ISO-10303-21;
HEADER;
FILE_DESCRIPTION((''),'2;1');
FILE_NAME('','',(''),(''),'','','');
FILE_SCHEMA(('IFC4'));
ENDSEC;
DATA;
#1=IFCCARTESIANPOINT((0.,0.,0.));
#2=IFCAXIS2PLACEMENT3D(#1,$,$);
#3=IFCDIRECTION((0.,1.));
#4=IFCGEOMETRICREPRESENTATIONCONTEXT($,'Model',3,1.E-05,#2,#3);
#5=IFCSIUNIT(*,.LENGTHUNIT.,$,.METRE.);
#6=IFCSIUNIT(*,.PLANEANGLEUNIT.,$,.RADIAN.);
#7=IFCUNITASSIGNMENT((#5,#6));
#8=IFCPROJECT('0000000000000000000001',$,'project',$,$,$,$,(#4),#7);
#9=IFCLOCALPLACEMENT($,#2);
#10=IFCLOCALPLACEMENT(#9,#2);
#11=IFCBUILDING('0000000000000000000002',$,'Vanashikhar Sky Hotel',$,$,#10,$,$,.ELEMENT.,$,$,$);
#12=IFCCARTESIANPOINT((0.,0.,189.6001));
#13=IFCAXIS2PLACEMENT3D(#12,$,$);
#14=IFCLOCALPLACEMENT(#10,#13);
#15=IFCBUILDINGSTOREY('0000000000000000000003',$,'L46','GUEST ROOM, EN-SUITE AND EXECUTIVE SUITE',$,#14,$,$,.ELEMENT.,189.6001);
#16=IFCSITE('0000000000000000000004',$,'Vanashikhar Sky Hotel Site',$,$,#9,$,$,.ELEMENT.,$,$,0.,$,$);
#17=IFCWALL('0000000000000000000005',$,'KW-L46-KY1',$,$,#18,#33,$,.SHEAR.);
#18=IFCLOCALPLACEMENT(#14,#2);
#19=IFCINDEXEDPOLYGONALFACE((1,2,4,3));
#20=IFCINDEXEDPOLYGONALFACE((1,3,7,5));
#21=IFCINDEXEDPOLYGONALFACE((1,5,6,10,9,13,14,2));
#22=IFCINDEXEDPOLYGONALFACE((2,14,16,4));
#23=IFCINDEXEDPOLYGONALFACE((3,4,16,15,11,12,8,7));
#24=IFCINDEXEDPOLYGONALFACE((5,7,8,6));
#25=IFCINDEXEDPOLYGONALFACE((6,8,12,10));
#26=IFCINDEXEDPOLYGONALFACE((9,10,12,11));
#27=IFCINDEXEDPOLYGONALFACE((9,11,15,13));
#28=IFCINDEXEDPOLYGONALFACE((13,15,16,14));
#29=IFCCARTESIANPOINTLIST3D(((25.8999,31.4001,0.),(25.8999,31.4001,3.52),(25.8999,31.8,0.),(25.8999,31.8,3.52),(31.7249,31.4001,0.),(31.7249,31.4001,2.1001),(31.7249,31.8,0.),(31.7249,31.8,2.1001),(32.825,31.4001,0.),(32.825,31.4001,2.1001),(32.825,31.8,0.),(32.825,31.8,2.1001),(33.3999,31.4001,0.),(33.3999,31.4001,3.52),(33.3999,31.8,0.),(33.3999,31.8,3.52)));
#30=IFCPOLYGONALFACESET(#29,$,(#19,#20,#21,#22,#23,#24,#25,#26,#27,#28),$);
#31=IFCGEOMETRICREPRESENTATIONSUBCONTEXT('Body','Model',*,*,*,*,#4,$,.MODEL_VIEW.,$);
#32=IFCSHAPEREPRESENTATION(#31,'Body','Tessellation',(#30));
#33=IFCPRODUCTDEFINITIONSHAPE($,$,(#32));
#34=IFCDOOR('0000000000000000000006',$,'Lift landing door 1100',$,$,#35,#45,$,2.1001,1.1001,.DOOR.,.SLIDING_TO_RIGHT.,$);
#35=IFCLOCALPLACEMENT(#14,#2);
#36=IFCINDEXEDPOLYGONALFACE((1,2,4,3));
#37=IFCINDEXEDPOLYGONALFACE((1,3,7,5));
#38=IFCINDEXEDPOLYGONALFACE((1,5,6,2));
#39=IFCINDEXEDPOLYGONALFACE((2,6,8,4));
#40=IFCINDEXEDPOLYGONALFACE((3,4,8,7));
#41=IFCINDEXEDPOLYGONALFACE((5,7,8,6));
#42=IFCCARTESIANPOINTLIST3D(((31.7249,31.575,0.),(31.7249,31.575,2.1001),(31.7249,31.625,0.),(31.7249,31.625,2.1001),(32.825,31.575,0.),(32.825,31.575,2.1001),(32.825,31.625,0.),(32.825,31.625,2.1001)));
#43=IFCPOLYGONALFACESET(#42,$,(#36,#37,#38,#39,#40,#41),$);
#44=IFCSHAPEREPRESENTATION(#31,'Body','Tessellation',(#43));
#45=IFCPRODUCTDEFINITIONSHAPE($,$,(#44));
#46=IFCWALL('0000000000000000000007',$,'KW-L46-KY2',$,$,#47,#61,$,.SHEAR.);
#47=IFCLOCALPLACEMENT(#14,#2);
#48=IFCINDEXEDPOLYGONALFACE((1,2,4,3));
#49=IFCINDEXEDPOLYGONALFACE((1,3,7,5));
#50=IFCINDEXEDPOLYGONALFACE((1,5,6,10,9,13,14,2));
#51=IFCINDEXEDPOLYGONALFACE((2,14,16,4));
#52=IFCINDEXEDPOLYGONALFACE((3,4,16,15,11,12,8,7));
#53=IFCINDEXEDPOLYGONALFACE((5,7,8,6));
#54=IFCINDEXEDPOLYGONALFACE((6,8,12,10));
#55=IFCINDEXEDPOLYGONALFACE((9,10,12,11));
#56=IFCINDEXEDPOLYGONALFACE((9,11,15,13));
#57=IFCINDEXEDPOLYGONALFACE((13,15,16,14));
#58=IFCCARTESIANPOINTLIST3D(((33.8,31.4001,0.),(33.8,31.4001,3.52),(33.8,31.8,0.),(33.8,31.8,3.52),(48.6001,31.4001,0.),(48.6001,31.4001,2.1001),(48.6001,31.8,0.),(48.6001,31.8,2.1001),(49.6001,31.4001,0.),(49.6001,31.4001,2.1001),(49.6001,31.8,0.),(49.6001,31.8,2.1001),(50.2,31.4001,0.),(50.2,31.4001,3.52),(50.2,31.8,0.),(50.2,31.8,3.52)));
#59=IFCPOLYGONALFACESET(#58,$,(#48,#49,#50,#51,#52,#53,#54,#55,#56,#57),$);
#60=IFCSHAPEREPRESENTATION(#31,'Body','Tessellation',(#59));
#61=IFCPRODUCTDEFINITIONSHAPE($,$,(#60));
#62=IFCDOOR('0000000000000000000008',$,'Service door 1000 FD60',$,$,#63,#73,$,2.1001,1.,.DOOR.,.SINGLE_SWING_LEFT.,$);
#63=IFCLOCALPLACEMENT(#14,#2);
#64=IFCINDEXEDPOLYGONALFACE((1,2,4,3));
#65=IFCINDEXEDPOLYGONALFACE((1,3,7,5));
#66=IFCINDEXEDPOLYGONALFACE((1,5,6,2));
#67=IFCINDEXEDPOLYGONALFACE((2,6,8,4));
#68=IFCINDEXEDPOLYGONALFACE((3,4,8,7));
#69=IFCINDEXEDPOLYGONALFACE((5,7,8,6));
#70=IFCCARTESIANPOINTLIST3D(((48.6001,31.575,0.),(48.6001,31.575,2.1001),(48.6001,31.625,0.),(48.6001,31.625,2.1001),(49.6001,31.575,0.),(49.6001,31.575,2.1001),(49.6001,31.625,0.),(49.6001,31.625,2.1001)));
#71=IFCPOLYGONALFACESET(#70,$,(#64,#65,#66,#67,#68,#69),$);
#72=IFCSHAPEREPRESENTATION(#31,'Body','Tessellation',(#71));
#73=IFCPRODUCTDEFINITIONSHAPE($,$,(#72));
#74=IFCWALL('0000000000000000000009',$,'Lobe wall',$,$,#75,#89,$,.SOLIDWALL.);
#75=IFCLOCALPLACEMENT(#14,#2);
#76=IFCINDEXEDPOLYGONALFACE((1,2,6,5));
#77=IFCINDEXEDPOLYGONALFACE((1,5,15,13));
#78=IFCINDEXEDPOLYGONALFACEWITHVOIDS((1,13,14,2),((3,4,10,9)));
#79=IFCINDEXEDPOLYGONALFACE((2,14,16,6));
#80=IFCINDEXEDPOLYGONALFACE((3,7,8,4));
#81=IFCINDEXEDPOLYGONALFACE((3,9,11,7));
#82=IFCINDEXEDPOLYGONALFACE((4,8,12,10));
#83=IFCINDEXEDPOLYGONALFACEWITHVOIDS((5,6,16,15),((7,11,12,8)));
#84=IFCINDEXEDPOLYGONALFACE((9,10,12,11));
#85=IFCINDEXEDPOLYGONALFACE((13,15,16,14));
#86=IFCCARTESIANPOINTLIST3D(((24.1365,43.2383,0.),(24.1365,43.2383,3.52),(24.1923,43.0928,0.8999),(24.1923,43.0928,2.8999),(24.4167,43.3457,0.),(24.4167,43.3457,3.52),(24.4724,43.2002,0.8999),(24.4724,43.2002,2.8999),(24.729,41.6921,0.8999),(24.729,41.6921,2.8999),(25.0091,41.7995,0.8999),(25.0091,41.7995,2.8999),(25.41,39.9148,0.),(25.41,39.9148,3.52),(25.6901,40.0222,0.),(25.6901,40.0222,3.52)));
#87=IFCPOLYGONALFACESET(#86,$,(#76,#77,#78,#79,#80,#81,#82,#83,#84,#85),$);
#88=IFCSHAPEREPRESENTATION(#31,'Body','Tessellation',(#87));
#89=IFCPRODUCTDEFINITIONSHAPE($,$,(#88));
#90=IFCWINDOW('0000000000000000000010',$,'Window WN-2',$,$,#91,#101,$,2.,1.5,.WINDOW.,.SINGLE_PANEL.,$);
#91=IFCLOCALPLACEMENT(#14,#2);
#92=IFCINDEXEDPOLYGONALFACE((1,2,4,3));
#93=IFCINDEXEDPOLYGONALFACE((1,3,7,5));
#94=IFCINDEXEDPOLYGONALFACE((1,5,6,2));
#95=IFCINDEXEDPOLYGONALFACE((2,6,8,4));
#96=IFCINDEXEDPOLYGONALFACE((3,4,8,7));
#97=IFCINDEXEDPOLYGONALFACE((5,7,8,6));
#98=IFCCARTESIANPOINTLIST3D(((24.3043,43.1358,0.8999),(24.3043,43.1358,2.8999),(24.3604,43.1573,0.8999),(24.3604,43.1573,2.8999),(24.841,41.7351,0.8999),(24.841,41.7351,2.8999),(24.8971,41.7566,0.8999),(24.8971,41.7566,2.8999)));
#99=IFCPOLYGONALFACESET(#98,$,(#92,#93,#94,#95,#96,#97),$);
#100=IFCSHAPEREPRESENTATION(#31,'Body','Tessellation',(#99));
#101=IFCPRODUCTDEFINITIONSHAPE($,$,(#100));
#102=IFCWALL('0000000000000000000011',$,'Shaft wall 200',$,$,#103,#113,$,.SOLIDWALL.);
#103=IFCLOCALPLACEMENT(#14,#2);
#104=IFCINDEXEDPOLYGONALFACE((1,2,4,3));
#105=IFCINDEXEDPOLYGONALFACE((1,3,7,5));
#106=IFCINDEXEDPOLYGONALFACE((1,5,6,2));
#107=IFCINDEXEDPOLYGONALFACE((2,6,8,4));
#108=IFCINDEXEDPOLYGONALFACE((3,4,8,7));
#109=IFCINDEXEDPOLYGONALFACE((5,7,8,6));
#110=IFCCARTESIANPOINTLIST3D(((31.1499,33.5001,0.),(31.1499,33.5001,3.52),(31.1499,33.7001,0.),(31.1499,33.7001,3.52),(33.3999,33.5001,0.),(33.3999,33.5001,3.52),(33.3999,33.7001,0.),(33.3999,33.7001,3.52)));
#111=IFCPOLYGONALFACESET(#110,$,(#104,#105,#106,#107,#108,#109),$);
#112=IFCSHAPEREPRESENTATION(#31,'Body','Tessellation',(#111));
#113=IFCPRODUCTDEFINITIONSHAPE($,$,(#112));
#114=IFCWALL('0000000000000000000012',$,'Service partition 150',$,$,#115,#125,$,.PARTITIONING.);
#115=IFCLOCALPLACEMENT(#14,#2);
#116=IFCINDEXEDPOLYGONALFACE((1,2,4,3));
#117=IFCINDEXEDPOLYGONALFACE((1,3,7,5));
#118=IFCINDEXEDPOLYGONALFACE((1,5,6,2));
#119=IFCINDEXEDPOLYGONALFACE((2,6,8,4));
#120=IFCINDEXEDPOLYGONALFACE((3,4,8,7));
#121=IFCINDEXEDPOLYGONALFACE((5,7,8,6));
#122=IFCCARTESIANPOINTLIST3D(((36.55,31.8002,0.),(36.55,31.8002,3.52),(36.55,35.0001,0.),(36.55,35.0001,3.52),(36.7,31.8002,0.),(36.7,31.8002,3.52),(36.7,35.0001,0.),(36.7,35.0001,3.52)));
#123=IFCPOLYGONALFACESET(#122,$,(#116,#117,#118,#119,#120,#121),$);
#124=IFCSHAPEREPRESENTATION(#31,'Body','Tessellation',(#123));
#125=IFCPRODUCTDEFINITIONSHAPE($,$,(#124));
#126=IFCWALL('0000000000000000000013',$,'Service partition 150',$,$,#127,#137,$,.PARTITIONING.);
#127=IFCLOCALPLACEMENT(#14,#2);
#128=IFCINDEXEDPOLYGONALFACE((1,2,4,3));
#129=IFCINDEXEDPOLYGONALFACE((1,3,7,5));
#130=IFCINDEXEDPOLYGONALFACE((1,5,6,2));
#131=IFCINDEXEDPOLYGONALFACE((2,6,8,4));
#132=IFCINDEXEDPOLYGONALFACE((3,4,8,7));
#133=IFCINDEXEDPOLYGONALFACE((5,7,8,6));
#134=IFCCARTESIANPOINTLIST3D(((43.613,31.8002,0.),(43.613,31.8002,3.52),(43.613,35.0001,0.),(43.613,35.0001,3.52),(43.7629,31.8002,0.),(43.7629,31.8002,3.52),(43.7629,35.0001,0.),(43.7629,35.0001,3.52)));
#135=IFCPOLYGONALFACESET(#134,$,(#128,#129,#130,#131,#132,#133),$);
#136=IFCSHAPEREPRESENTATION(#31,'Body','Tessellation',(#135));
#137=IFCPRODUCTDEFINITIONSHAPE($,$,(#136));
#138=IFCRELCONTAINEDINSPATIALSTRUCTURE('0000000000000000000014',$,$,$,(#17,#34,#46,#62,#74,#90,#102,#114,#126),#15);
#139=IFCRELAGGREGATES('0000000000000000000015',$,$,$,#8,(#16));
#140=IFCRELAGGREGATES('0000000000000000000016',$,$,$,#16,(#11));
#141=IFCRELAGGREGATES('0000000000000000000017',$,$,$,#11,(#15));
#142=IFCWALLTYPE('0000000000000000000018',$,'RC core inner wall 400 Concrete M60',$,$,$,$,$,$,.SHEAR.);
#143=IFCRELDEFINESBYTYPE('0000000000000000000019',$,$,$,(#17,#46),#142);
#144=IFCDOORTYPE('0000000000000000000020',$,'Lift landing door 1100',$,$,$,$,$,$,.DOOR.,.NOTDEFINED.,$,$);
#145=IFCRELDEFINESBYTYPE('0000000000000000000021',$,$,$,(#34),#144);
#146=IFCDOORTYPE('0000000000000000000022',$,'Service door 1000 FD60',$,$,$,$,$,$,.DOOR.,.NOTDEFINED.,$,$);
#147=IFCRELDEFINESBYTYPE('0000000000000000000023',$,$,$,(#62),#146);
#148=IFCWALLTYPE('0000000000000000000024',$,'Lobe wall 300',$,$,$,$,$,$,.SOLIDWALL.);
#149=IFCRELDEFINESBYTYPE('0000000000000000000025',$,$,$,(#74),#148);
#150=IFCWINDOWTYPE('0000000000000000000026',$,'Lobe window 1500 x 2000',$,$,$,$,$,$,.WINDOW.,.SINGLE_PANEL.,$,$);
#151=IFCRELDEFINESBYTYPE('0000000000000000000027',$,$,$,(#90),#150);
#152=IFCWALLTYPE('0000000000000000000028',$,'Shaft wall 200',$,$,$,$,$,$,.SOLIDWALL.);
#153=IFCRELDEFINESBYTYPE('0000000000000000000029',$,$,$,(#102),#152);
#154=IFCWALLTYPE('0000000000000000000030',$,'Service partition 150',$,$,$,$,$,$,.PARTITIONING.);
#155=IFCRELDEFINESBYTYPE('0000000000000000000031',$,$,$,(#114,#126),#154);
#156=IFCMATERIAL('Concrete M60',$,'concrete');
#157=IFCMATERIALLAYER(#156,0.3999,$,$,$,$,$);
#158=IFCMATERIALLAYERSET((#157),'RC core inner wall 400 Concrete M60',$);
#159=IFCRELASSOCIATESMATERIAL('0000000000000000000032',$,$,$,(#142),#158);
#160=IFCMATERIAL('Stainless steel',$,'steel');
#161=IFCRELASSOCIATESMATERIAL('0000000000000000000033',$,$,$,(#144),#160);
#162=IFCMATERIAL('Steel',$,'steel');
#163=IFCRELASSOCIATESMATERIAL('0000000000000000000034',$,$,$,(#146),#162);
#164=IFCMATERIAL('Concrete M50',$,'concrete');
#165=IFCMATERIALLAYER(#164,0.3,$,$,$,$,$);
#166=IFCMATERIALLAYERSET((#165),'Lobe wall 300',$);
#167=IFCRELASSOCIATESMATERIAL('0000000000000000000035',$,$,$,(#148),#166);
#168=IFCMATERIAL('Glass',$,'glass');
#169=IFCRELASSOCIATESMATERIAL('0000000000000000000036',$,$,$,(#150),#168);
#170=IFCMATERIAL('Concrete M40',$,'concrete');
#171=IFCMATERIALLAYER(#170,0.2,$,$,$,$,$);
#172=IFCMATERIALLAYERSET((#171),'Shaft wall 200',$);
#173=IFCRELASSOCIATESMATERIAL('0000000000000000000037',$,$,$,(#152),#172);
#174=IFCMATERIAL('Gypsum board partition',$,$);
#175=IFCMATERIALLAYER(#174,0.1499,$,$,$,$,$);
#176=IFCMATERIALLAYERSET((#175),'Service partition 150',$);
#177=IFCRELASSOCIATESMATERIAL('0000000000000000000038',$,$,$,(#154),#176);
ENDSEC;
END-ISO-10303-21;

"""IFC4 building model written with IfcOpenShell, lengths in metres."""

from ifc_helpers import new_model, si_unit, direction, frame, frame_2d, origin, place, context, subcontext, project, spatial, rectangle, extrude, source, transform, mapped, material, layer, layer_set, type_object, element, fill, save


model = new_model("IFC4")

# Units and contexts
model_context = context("Model", 3, precision=1e-05, world=origin(), true_north=direction((0.0, 1.0)))
body_context = subcontext(model_context, "Body", "Model", "MODEL_VIEW")
ifc_project = project(units=[si_unit("LENGTHUNIT", "METRE"), si_unit("PLANEANGLEUNIT", "RADIAN")], contexts=[model_context])

# Site, building, storey
site_placement = place(None, origin())
site = spatial("IfcSite", under=ifc_project, at=site_placement, Name="Vanashikhar Sky Hotel Site", CompositionType="ELEMENT", RefElevation=0.0)
building_placement = place(site_placement, origin())
building = spatial("IfcBuilding", under=site, at=building_placement, Name="Vanashikhar Sky Hotel", CompositionType="ELEMENT")
storey_placement = place(building_placement, frame((0.0, 0.0, 189.6001)))
storey = spatial("IfcBuildingStorey", under=building, at=storey_placement, Name="L46", Description="GUEST ROOM, EN-SUITE AND EXECUTIVE SUITE", CompositionType="ELEMENT", Elevation=189.6001)

# Walls, openings, doors
ifc_material_1 = material(Name="Concrete M60", Category="concrete")
ifc_layer_1 = layer(ifc_material_1, 0.3999)
ifc_layer_set_1 = layer_set([ifc_layer_1], Name="RC core inner wall 400 Concrete M60")
wall_type_1 = type_object("IfcWallType", Name="RC core inner wall 400 Concrete M60", PredefinedType="SHEAR", material=ifc_layer_set_1)
shared_shape_1 = source(origin(), body_context, "Body", "SweptSolid", [
    extrude(rectangle(XDim=7.5, YDim=0.3999, at=frame_2d((3.75, 0.0))), origin(), (0.0, 0.0, 1.0), 3.52),
])
wall_1_placement = place(storey_placement, frame((25.8999, 31.6001, 0.0), z_axis=(0.0, 0.0, 1.0), x_axis=(1.0, 0.0, 0.0)))
wall_1 = element("IfcWall", 1, at=wall_1_placement, inside=storey, type_object=wall_type_1, Name="KW-L46-KY1", PredefinedType="SHEAR", context=body_context, shape_type="MappedRepresentation", body=[
    mapped(shared_shape_1, transform((0.0, 0.0, 0.0), scale=1.0)),
])
shared_shape_2 = source(origin(), body_context, "Body", "SweptSolid", [
    extrude(rectangle(XDim=1.1001, YDim=2.1001, at=frame_2d((0.55, 1.05))), frame((0.0, 0.21, 0.0), z_axis=(0.0, -1.0, 0.0), x_axis=(1.0, 0.0, 0.0)), (0.0, 0.0, 1.0), 0.4199),
])
opening_1_placement = place(wall_1_placement, frame((5.825, 0.0, 0.0)))
opening_1 = element("IfcOpeningElement", 2, at=opening_1_placement, cuts=wall_1, PredefinedType="OPENING", context=body_context, shape_type="MappedRepresentation", body=[
    mapped(shared_shape_2, transform((0.0, 0.0, 0.0), scale=1.0)),
])
ifc_material_2 = material(Name="Stainless steel", Category="steel")
door_type_1 = type_object("IfcDoorType", Name="Lift landing door 1100", OperationType="NOTDEFINED", PredefinedType="DOOR", material=ifc_material_2)
shared_shape_3 = source(origin(), body_context, "Body", "SweptSolid", [
    extrude(rectangle(XDim=1.1001, YDim=2.1001, at=frame_2d((0.55, 1.05))), frame((0.0, 0.0249, 0.0), z_axis=(0.0, -1.0, 0.0), x_axis=(1.0, 0.0, 0.0)), (0.0, 0.0, 1.0), 0.05),
])
door_1_placement = place(opening_1_placement, origin())
door_1 = element("IfcDoor", 3, at=door_1_placement, inside=storey, type_object=door_type_1, Name="Lift landing door 1100", OperationType="SLIDING_TO_RIGHT", OverallHeight=2.1001, OverallWidth=1.1001, PredefinedType="DOOR", context=body_context, shape_type="MappedRepresentation", body=[
    mapped(shared_shape_3, transform((0.0, 0.0, 0.0), scale=1.0)),
])
fill(opening_1, door_1)
shared_shape_4 = source(origin(), body_context, "Body", "SweptSolid", [
    extrude(rectangle(XDim=16.3999, YDim=0.3999, at=frame_2d((8.2, 0.0))), origin(), (0.0, 0.0, 1.0), 3.52),
])
wall_2_placement = place(storey_placement, frame((33.8, 31.6001, 0.0), z_axis=(0.0, 0.0, 1.0), x_axis=(1.0, 0.0, 0.0)))
wall_2 = element("IfcWall", 4, at=wall_2_placement, inside=storey, type_object=wall_type_1, Name="KW-L46-KY2", PredefinedType="SHEAR", context=body_context, shape_type="MappedRepresentation", body=[
    mapped(shared_shape_4, transform((0.0, 0.0, 0.0), scale=1.0)),
])
shared_shape_5 = source(origin(), body_context, "Body", "SweptSolid", [
    extrude(rectangle(XDim=1.0, YDim=2.1001, at=frame_2d((0.5, 1.05))), frame((0.0, 0.21, 0.0), z_axis=(0.0, -1.0, 0.0), x_axis=(1.0, 0.0, 0.0)), (0.0, 0.0, 1.0), 0.4199),
])
opening_2_placement = place(wall_2_placement, frame((14.8, 0.0, 0.0)))
opening_2 = element("IfcOpeningElement", 5, at=opening_2_placement, cuts=wall_2, PredefinedType="OPENING", context=body_context, shape_type="MappedRepresentation", body=[
    mapped(shared_shape_5, transform((0.0, 0.0, 0.0), scale=1.0)),
])
ifc_material_3 = material(Name="Steel", Category="steel")
door_type_2 = type_object("IfcDoorType", Name="Service door 1000 FD60", OperationType="NOTDEFINED", PredefinedType="DOOR", material=ifc_material_3)
shared_shape_6 = source(origin(), body_context, "Body", "SweptSolid", [
    extrude(rectangle(XDim=1.0, YDim=2.1001, at=frame_2d((0.5, 1.05))), frame((0.0, 0.0249, 0.0), z_axis=(0.0, -1.0, 0.0), x_axis=(1.0, 0.0, 0.0)), (0.0, 0.0, 1.0), 0.05),
])
door_2_placement = place(opening_2_placement, origin())
door_2 = element("IfcDoor", 6, at=door_2_placement, inside=storey, type_object=door_type_2, Name="Service door 1000 FD60", OperationType="SINGLE_SWING_LEFT", OverallHeight=2.1001, OverallWidth=1.0, PredefinedType="DOOR", context=body_context, shape_type="MappedRepresentation", body=[
    mapped(shared_shape_6, transform((0.0, 0.0, 0.0), scale=1.0)),
])
fill(opening_2, door_2)

# Wall, opening, window
ifc_material_4 = material(Name="Concrete M50", Category="concrete")
ifc_layer_2 = layer(ifc_material_4, 0.3)
ifc_layer_set_2 = layer_set([ifc_layer_2], Name="Lobe wall 300")
wall_type_2 = type_object("IfcWallType", Name="Lobe wall 300", PredefinedType="SOLIDWALL", material=ifc_layer_set_2)
shared_shape_7 = source(origin(), body_context, "Body", "SweptSolid", [
    extrude(rectangle(XDim=3.5591, YDim=0.3, at=frame_2d((1.7795, 0.0))), origin(), (0.0, 0.0, 1.0), 3.52),
])
wall_3_placement = place(storey_placement, frame((25.55, 39.9685, 0.0), z_axis=(0.0, 0.0, 1.0), x_axis=(-0.357797, 0.933799, 0.0)))
wall_3 = element("IfcWall", 7, at=wall_3_placement, inside=storey, type_object=wall_type_2, Name="Lobe wall", PredefinedType="SOLIDWALL", context=body_context, shape_type="MappedRepresentation", body=[
    mapped(shared_shape_7, transform((0.0, 0.0, 0.0), scale=1.0)),
])
shared_shape_8 = source(origin(), body_context, "Body", "SweptSolid", [
    extrude(rectangle(XDim=1.5, YDim=2.0, at=frame_2d((0.75, 1.0))), frame((0.0, 0.1602, 0.0), z_axis=(0.0, -1.0, 0.0), x_axis=(1.0, 0.0, 0.0)), (0.0, 0.0, 1.0), 0.3201),
])
opening_3_placement = place(wall_3_placement, frame((1.9033, 0.0, 0.8999)))
opening_3 = element("IfcOpeningElement", 8, at=opening_3_placement, cuts=wall_3, PredefinedType="OPENING", context=body_context, shape_type="MappedRepresentation", body=[
    mapped(shared_shape_8, transform((0.0, 0.0, 0.0), scale=1.0)),
])
ifc_material_5 = material(Name="Glass", Category="glass")
window_type = type_object("IfcWindowType", Name="Lobe window 1500 x 2000", PartitioningType="SINGLE_PANEL", PredefinedType="WINDOW", material=ifc_material_5)
shared_shape_9 = source(origin(), body_context, "Body", "SweptSolid", [
    extrude(rectangle(XDim=1.5, YDim=2.0, at=frame_2d((0.75, 1.0))), frame((0.0, 0.03, 0.0), z_axis=(0.0, -1.0, 0.0), x_axis=(1.0, 0.0, 0.0)), (0.0, 0.0, 1.0), 0.0601),
])
window_placement = place(opening_3_placement, origin())
window = element("IfcWindow", 9, at=window_placement, inside=storey, type_object=window_type, Name="Window WN-2", OverallHeight=2.0, OverallWidth=1.5, PartitioningType="SINGLE_PANEL", PredefinedType="WINDOW", context=body_context, shape_type="MappedRepresentation", body=[
    mapped(shared_shape_9, transform((0.0, 0.0, 0.0), scale=1.0)),
])
fill(opening_3, window)

# Walls
ifc_material_6 = material(Name="Concrete M40", Category="concrete")
ifc_layer_3 = layer(ifc_material_6, 0.2)
ifc_layer_set_3 = layer_set([ifc_layer_3], Name="Shaft wall 200")
wall_type_3 = type_object("IfcWallType", Name="Shaft wall 200", PredefinedType="SOLIDWALL", material=ifc_layer_set_3)
shared_shape_10 = source(origin(), body_context, "Body", "SweptSolid", [
    extrude(rectangle(XDim=2.25, YDim=0.2, at=frame_2d((1.125, 0.0))), origin(), (0.0, 0.0, 1.0), 3.52),
])
wall_4_placement = place(storey_placement, frame((31.1499, 33.6001, 0.0), z_axis=(0.0, 0.0, 1.0), x_axis=(1.0, 0.0, 0.0)))
element("IfcWall", 10, at=wall_4_placement, inside=storey, type_object=wall_type_3, Name="Shaft wall 200", PredefinedType="SOLIDWALL", context=body_context, shape_type="MappedRepresentation", body=[
    mapped(shared_shape_10, transform((0.0, 0.0, 0.0), scale=1.0)),
])
ifc_material_7 = material(Name="Gypsum board partition")
ifc_layer_4 = layer(ifc_material_7, 0.1499)
ifc_layer_set_4 = layer_set([ifc_layer_4], Name="Service partition 150")
wall_type_4 = type_object("IfcWallType", Name="Service partition 150", PredefinedType="PARTITIONING", material=ifc_layer_set_4)
shared_shape_11 = source(origin(), body_context, "Body", "SweptSolid", [
    extrude(rectangle(XDim=3.2, YDim=0.1499, at=frame_2d((1.6001, 0.0))), origin(), (0.0, 0.0, 1.0), 3.52),
])
for number, where, z_axis, x_axis, name in (
    (11, (36.625, 31.8, 0.0), (0.0, 0.0, 1.0), (0.0, 1.0, 0.0), "Service partition 150"),
    (12, (43.688, 31.8, 0.0), (0.0, 0.0, 1.0), (0.0, 1.0, 0.0), "Service partition 150"),
):
    element("IfcWall", number, at=place(storey_placement, frame(where, z_axis=z_axis, x_axis=x_axis)), inside=storey, type_object=wall_type_4, Name=name, PredefinedType="PARTITIONING", context=body_context, shape_type="MappedRepresentation", body=[
        mapped(shared_shape_11, transform((0.0, 0.0, 0.0), scale=1.0)),
    ])

save(model, "model.ifc")
